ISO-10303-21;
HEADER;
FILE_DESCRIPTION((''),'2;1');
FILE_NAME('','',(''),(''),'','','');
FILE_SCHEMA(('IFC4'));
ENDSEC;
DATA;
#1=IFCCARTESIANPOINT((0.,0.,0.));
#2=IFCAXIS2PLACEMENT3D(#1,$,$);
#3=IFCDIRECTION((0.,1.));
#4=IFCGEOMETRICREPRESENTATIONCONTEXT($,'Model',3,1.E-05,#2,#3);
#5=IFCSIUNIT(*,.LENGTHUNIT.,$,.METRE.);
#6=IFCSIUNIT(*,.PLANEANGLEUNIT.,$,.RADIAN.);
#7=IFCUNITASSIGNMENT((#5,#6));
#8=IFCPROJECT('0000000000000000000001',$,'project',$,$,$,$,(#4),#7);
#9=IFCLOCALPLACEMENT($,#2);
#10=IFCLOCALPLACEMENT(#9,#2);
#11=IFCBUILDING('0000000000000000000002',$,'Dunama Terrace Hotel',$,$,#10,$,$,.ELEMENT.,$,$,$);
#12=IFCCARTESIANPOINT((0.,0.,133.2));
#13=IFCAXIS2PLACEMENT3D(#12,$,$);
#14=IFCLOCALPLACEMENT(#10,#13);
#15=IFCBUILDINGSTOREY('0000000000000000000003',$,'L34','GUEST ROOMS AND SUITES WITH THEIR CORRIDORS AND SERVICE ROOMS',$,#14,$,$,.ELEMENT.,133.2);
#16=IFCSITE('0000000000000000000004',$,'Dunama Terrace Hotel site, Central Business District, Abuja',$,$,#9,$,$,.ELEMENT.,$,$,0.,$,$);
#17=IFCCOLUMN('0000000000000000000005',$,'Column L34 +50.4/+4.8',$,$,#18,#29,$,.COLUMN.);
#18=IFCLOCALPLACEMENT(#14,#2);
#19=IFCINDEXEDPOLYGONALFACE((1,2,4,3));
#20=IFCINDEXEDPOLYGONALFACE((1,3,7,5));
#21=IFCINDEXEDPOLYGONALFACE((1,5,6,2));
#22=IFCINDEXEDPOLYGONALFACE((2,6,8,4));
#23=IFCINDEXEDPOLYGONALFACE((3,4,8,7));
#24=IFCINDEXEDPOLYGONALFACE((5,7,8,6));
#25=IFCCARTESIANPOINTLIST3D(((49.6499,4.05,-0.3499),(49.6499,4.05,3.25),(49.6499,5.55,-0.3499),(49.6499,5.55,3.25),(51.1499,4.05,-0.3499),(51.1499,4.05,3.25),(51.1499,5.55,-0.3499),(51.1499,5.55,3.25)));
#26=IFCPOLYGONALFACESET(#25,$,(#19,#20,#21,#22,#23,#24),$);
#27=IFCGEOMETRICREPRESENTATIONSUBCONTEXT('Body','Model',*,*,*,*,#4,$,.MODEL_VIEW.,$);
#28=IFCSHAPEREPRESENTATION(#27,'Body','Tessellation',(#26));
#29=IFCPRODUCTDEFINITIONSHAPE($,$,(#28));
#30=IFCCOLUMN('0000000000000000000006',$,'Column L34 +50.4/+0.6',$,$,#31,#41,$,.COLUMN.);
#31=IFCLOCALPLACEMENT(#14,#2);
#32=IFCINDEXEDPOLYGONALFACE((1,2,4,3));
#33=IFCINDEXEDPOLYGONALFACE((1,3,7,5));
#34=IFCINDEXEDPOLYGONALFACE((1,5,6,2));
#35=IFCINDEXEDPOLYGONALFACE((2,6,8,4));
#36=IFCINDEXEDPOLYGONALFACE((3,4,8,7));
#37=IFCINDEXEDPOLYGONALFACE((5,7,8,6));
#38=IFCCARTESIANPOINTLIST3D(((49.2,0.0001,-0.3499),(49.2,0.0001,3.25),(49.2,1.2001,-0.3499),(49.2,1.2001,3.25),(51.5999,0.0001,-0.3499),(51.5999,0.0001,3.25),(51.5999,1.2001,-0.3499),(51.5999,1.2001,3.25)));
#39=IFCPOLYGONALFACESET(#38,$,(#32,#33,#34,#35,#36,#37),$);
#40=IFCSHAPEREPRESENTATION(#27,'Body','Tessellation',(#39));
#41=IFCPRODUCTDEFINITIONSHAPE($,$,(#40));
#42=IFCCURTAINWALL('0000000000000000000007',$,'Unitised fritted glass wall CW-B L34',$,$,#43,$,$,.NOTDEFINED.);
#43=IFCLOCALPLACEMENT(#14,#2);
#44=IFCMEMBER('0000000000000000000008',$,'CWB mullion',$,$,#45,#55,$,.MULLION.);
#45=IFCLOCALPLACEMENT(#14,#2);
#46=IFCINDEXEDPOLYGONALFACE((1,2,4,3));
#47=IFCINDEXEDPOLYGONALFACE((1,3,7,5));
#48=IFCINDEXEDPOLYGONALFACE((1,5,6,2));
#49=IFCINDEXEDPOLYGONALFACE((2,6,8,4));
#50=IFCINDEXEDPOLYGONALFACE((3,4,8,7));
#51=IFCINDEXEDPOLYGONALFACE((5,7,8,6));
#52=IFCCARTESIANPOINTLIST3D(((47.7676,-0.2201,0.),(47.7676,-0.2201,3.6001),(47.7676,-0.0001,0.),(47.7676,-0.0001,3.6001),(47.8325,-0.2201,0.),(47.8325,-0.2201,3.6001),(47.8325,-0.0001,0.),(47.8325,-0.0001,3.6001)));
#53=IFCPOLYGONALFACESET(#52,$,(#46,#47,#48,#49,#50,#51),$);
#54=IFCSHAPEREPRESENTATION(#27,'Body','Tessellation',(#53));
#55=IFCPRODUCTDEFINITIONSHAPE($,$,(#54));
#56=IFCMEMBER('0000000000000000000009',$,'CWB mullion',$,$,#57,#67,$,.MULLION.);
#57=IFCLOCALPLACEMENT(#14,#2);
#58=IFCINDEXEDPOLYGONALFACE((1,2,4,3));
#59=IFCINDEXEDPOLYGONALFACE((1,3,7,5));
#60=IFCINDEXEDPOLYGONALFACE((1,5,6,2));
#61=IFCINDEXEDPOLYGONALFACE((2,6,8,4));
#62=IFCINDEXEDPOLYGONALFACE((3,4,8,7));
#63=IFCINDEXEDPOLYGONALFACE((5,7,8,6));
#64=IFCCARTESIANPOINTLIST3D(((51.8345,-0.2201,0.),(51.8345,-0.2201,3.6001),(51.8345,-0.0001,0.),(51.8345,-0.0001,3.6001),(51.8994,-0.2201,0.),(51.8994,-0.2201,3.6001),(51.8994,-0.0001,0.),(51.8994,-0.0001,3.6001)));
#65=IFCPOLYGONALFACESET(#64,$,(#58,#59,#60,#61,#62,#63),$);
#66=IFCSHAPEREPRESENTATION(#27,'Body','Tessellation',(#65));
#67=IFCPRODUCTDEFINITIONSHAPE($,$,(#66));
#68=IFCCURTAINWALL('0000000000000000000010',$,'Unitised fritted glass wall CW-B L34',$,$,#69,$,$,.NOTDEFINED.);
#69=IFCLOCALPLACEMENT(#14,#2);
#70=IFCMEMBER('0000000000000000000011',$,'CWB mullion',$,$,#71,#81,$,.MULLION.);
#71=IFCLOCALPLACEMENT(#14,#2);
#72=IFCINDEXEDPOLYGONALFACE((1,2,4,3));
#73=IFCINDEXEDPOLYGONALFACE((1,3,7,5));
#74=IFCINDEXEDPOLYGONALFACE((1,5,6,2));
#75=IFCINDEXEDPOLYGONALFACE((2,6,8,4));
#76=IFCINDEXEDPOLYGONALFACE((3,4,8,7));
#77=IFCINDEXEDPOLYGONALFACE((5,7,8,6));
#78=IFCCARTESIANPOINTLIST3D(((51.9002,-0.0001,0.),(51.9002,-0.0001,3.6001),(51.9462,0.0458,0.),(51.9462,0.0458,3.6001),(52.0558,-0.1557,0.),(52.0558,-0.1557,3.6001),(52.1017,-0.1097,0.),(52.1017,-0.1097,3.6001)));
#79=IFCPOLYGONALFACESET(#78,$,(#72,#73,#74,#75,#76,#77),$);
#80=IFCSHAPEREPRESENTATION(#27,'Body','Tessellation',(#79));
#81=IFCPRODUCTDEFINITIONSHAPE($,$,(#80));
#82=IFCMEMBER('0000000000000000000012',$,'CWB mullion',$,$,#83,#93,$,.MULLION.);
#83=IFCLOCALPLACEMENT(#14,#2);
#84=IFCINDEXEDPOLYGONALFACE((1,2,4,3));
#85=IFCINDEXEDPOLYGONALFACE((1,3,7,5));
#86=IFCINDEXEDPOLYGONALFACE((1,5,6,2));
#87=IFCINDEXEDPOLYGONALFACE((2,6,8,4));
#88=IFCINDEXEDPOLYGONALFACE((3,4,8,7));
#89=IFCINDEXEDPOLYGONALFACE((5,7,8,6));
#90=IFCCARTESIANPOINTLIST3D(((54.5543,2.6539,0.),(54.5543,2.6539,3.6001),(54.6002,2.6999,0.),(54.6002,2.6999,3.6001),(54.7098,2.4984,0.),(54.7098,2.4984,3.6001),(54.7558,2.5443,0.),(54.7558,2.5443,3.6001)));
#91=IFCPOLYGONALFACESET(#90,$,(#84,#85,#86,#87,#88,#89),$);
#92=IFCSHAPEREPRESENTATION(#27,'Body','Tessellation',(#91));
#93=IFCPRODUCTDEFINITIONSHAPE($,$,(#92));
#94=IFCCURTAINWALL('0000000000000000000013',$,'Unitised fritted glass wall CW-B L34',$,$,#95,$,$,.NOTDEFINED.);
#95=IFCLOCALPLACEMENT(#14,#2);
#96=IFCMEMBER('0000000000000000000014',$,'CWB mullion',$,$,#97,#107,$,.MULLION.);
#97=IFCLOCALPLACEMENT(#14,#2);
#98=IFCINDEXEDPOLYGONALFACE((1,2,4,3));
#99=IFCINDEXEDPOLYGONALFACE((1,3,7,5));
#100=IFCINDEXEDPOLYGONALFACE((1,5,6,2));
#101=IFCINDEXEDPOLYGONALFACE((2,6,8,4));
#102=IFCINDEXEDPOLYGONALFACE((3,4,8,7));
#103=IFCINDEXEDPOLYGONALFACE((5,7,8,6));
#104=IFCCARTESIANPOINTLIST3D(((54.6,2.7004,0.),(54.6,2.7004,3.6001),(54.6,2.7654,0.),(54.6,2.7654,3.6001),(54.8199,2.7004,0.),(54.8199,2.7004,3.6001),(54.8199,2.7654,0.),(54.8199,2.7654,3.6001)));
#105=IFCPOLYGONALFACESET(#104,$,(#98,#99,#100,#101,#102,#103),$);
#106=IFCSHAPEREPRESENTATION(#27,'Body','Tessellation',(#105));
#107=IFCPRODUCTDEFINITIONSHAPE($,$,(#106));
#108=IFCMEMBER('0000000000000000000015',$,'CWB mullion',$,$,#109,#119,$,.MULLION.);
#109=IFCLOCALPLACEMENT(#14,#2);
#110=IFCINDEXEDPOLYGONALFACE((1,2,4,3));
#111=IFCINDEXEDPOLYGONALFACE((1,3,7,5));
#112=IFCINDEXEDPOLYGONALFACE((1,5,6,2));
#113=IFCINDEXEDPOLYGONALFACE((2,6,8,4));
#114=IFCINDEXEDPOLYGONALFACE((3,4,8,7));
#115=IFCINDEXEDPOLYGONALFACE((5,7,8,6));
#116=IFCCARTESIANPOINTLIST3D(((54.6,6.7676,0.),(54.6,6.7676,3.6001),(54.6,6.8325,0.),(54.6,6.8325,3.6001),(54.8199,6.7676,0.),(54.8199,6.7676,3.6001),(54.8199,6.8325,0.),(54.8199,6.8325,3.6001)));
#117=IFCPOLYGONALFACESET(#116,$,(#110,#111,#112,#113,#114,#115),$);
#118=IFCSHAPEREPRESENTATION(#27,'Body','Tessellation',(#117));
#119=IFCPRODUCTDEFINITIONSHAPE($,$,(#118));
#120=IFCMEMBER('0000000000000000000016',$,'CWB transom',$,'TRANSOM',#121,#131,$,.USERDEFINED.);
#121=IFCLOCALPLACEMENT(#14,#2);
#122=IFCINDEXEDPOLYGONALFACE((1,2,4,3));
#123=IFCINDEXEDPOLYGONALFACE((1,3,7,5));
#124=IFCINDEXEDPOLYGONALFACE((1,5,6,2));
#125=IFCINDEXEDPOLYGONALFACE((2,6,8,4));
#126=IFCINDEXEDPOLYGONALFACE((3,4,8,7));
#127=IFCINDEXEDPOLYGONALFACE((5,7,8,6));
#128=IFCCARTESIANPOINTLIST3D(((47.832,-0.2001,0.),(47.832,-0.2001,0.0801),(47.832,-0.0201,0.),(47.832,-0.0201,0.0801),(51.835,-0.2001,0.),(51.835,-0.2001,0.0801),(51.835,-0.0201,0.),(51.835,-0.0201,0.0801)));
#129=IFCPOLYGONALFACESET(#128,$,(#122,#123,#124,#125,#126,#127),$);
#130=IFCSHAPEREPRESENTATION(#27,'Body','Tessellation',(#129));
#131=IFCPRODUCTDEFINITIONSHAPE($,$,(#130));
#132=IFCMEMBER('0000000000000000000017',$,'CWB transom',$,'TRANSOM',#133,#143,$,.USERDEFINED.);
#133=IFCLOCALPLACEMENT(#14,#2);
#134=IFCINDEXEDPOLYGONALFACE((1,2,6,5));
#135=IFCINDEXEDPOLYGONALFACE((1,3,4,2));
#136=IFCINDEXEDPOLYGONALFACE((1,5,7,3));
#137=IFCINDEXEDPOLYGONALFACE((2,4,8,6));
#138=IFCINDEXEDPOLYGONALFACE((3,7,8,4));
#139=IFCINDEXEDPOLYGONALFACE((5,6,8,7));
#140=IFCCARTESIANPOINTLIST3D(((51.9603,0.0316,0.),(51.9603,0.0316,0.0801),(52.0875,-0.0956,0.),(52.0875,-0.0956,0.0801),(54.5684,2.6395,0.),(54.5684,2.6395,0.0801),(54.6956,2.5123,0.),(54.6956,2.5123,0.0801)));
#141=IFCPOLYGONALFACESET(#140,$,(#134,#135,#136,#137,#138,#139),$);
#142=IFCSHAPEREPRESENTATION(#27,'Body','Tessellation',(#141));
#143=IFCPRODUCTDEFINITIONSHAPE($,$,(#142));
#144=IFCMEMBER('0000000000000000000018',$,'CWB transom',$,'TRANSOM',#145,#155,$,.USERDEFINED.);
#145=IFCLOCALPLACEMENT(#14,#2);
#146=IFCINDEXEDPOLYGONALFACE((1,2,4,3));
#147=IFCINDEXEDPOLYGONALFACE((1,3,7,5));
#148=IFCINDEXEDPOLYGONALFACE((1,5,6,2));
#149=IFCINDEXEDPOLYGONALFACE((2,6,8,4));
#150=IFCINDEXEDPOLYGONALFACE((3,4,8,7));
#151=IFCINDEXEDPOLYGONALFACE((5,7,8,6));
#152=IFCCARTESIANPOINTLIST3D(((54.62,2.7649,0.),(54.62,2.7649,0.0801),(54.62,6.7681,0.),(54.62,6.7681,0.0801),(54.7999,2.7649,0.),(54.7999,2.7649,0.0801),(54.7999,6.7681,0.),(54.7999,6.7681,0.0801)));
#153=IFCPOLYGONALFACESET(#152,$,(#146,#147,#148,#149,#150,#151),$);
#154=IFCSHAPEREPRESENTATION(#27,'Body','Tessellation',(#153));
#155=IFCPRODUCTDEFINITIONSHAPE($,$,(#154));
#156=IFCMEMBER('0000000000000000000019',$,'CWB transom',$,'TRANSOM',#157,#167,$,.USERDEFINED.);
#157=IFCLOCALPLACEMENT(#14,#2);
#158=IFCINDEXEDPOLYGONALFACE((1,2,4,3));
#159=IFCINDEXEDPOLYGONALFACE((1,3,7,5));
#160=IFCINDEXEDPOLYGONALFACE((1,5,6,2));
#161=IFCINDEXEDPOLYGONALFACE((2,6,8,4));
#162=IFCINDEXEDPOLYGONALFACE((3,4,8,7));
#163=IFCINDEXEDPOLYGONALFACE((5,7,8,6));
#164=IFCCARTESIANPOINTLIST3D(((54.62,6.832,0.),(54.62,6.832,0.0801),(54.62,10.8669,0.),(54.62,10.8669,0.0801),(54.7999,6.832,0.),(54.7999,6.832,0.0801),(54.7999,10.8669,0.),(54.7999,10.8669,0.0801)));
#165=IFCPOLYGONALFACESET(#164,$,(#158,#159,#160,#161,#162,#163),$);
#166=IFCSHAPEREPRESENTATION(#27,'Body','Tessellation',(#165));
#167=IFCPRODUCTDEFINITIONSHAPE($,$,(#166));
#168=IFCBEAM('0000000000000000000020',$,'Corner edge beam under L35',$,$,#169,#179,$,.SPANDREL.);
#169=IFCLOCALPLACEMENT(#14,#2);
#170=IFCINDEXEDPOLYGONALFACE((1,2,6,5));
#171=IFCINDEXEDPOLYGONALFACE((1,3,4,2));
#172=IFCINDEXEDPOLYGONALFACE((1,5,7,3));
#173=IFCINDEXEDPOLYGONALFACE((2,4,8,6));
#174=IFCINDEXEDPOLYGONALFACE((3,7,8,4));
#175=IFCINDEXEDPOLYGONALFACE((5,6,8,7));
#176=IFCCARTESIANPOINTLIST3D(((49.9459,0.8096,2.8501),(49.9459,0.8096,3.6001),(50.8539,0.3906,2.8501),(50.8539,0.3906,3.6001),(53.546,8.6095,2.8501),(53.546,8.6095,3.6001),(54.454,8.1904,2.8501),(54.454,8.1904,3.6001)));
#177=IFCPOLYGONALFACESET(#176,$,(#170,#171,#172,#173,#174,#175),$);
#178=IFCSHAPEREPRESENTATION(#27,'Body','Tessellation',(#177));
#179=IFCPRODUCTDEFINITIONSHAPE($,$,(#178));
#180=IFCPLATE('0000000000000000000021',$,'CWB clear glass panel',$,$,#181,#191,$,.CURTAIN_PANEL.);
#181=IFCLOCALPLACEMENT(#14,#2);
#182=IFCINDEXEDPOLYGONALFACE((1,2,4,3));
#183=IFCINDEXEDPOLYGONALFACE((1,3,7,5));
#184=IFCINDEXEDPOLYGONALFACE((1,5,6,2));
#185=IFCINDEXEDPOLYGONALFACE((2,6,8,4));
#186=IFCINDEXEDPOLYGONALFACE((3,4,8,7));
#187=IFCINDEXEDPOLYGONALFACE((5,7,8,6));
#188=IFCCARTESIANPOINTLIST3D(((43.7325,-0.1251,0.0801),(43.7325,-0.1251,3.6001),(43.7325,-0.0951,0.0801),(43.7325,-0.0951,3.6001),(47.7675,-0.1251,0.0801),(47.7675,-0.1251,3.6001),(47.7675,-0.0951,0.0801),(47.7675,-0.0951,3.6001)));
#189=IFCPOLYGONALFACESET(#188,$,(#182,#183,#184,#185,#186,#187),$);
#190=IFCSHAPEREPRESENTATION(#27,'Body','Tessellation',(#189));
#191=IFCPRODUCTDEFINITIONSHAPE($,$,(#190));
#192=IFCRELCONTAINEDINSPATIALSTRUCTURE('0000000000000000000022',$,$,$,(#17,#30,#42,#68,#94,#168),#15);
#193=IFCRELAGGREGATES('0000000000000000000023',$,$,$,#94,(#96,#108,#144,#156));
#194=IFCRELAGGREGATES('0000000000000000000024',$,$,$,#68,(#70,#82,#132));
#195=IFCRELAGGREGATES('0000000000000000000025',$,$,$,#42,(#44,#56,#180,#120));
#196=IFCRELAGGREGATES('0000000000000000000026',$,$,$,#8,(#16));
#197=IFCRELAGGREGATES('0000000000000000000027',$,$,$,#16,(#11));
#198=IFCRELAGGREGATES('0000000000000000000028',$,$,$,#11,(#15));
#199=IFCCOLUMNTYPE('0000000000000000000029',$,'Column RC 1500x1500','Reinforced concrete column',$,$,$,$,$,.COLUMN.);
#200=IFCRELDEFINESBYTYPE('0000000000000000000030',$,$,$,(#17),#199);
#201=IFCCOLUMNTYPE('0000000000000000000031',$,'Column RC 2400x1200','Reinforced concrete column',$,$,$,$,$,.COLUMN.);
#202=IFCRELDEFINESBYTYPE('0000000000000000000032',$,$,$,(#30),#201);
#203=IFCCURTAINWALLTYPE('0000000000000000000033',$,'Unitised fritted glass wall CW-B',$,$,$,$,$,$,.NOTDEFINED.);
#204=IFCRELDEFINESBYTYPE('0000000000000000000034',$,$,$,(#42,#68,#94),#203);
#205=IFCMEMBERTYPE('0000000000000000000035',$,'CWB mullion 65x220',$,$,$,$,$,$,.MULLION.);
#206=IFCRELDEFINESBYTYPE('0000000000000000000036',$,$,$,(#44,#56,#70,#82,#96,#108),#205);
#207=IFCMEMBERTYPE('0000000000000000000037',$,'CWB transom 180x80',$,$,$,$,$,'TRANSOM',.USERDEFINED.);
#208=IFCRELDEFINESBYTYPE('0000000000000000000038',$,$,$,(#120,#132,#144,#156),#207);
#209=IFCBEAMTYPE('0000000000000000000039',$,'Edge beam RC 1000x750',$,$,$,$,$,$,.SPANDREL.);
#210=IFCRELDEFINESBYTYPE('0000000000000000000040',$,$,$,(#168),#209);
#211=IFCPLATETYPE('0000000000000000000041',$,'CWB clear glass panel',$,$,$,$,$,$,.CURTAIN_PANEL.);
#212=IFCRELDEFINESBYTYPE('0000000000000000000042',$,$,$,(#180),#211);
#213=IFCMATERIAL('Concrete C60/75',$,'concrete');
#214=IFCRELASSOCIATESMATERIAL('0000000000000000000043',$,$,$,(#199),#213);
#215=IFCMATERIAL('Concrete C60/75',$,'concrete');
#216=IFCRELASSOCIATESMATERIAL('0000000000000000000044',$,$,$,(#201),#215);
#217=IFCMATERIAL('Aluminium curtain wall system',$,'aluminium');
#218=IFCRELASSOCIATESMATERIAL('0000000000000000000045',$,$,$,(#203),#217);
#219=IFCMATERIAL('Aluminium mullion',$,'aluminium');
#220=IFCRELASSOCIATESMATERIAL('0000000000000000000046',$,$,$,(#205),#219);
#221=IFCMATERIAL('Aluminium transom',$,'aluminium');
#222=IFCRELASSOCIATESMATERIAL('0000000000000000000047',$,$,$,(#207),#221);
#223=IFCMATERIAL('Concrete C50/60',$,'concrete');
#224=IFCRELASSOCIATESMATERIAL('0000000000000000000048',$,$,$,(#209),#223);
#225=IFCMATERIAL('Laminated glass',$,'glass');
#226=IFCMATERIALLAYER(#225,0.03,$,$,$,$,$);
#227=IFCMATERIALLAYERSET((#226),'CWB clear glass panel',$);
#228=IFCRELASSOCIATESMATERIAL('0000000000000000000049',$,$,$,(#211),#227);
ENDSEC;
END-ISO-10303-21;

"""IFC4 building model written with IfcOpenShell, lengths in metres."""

from ifc_helpers import new_model, si_unit, direction, frame, origin, origin_2d, place, context, subcontext, project, spatial, rectangle, extrude, material, layer, layer_set, material_profile, profile_set, type_object, element, aggregate, save


model = new_model("IFC4")

# Units and contexts
model_context = context("Model", 3, precision=1e-05, world=origin(), true_north=direction((0.0, 1.0)))
body_context = subcontext(model_context, "Body", "Model", "MODEL_VIEW")
ifc_project = project(units=[si_unit("LENGTHUNIT", "METRE"), si_unit("PLANEANGLEUNIT", "RADIAN")], contexts=[model_context])

# Site, building, storey
site_placement = place(None, origin())
site = spatial("IfcSite", under=ifc_project, at=site_placement, Name="Dunama Terrace Hotel site, Central Business District, Abuja", CompositionType="ELEMENT", RefElevation=0.0)
building_placement = place(site_placement, origin())
building = spatial("IfcBuilding", under=site, at=building_placement, Name="Dunama Terrace Hotel", CompositionType="ELEMENT")
storey_placement = place(building_placement, frame((0.0, 0.0, 133.2)))
storey = spatial("IfcBuildingStorey", under=building, at=storey_placement, Name="L34", Description="GUEST ROOMS AND SUITES WITH THEIR CORRIDORS AND SERVICE ROOMS", CompositionType="ELEMENT", Elevation=133.2)

# Columns
ifc_material_1 = material(Name="Concrete C60/75", Category="concrete")
ifc_material_profile_1 = material_profile(ifc_material_1, rectangle(XDim=1.5, YDim=1.5, at=origin_2d()), Name="RC 1500x1500")
ifc_profile_set_1 = profile_set([ifc_material_profile_1], Name="Concrete C60/75")
column_type_1 = type_object("IfcColumnType", Name="Column RC 1500x1500", Description="Reinforced concrete column", PredefinedType="COLUMN", material=ifc_profile_set_1)
column_1_placement = place(storey_placement, frame((50.3999, 4.8, -0.3499), z_axis=(0.0, 0.0, 1.0), x_axis=(1.0, 0.0, 0.0)))
element("IfcColumn", 1, at=column_1_placement, inside=storey, type_object=column_type_1, Name="Column L34 +50.4/+4.8", PredefinedType="COLUMN", context=body_context, shape_type="SweptSolid", body=[
    extrude(rectangle(XDim=1.5, YDim=1.5, at=origin_2d()), origin(), (0.0, 0.0, 1.0), 3.5999),
])
ifc_material_2 = material(Name="Concrete C60/75", Category="concrete")
ifc_material_profile_2 = material_profile(ifc_material_2, rectangle(XDim=2.3999, YDim=1.2, at=origin_2d()), Name="RC 2400x1200")
ifc_profile_set_2 = profile_set([ifc_material_profile_2], Name="Concrete C60/75")
column_type_2 = type_object("IfcColumnType", Name="Column RC 2400x1200", Description="Reinforced concrete column", PredefinedType="COLUMN", material=ifc_profile_set_2)
column_2_placement = place(storey_placement, frame((50.3999, 0.6001, -0.3499), z_axis=(0.0, 0.0, 1.0), x_axis=(1.0, 0.0, 0.0)))
element("IfcColumn", 2, at=column_2_placement, inside=storey, type_object=column_type_2, Name="Column L34 +50.4/+0.6", PredefinedType="COLUMN", context=body_context, shape_type="SweptSolid", body=[
    extrude(rectangle(XDim=2.3999, YDim=1.2, at=origin_2d()), origin(), (0.0, 0.0, 1.0), 3.5999),
])

# Curtain walls, members
ifc_material_3 = material(Name="Aluminium curtain wall system", Category="aluminium")
curtain_wall_type = type_object("IfcCurtainWallType", Name="Unitised fritted glass wall CW-B", PredefinedType="NOTDEFINED", material=ifc_material_3)
curtain_wall_1_placement = place(storey_placement, origin())
curtain_wall_1 = element("IfcCurtainWall", 3, at=curtain_wall_1_placement, inside=storey, type_object=curtain_wall_type, Name="Unitised fritted glass wall CW-B L34", PredefinedType="NOTDEFINED")
ifc_material_4 = material(Name="Aluminium mullion", Category="aluminium")
ifc_material_profile_3 = material_profile(ifc_material_4, rectangle(XDim=0.0649, YDim=0.22, at=origin_2d()), Name="CWB MULLION 65X220")
ifc_profile_set_3 = profile_set([ifc_material_profile_3], Name="Aluminium mullion")
member_type_1 = type_object("IfcMemberType", Name="CWB mullion 65x220", PredefinedType="MULLION", material=ifc_profile_set_3)
member_1_placement = place(storey_placement, frame((47.8, -0.1101, 0.0), z_axis=(0.0, 0.0, 1.0), x_axis=(1.0, 0.0, 0.0)))
member_1 = element("IfcMember", 4, at=member_1_placement, type_object=member_type_1, Name="CWB mullion", PredefinedType="MULLION", context=body_context, shape_type="SweptSolid", body=[
    extrude(rectangle(XDim=0.0649, YDim=0.22, at=origin_2d()), origin(), (0.0, 0.0, 1.0), 3.6001),
])
member_2_placement = place(storey_placement, frame((51.8669, -0.1101, 0.0), z_axis=(0.0, 0.0, 1.0), x_axis=(1.0, 0.0, 0.0)))
member_2 = element("IfcMember", 5, at=member_2_placement, type_object=member_type_1, Name="CWB mullion", PredefinedType="MULLION", context=body_context, shape_type="SweptSolid", body=[
    extrude(rectangle(XDim=0.0649, YDim=0.22, at=origin_2d()), origin(), (0.0, 0.0, 1.0), 3.6001),
])
curtain_wall_2_placement = place(storey_placement, origin())
curtain_wall_2 = element("IfcCurtainWall", 6, at=curtain_wall_2_placement, inside=storey, type_object=curtain_wall_type, Name="Unitised fritted glass wall CW-B L34", PredefinedType="NOTDEFINED")
member_3_placement = place(storey_placement, frame((52.001, -0.0549, 0.0), z_axis=(0.0, 0.0, 1.0), x_axis=(0.707107, 0.707107, 0.0)))
member_3 = element("IfcMember", 7, at=member_3_placement, type_object=member_type_1, Name="CWB mullion", PredefinedType="MULLION", context=body_context, shape_type="SweptSolid", body=[
    extrude(rectangle(XDim=0.0649, YDim=0.22, at=origin_2d()), origin(), (0.0, 0.0, 1.0), 3.6001),
])
member_4_placement = place(storey_placement, frame((54.655, 2.5991, 0.0), z_axis=(0.0, 0.0, 1.0), x_axis=(0.707107, 0.707107, 0.0)))
member_4 = element("IfcMember", 8, at=member_4_placement, type_object=member_type_1, Name="CWB mullion", PredefinedType="MULLION", context=body_context, shape_type="SweptSolid", body=[
    extrude(rectangle(XDim=0.0649, YDim=0.22, at=origin_2d()), origin(), (0.0, 0.0, 1.0), 3.6001),
])
curtain_wall_3_placement = place(storey_placement, origin())
curtain_wall_3 = element("IfcCurtainWall", 9, at=curtain_wall_3_placement, inside=storey, type_object=curtain_wall_type, Name="Unitised fritted glass wall CW-B L34", PredefinedType="NOTDEFINED")
member_5_placement = place(storey_placement, frame((54.71, 2.7329, 0.0), z_axis=(0.0, 0.0, 1.0), x_axis=(0.0, 1.0, 0.0)))
member_5 = element("IfcMember", 10, at=member_5_placement, type_object=member_type_1, Name="CWB mullion", PredefinedType="MULLION", context=body_context, shape_type="SweptSolid", body=[
    extrude(rectangle(XDim=0.0649, YDim=0.22, at=origin_2d()), origin(), (0.0, 0.0, 1.0), 3.6001),
])
member_6_placement = place(storey_placement, frame((54.71, 6.8, 0.0), z_axis=(0.0, 0.0, 1.0), x_axis=(0.0, 1.0, 0.0)))
member_6 = element("IfcMember", 11, at=member_6_placement, type_object=member_type_1, Name="CWB mullion", PredefinedType="MULLION", context=body_context, shape_type="SweptSolid", body=[
    extrude(rectangle(XDim=0.0649, YDim=0.22, at=origin_2d()), origin(), (0.0, 0.0, 1.0), 3.6001),
])

# Members
ifc_material_5 = material(Name="Aluminium transom", Category="aluminium")
ifc_material_profile_4 = material_profile(ifc_material_5, rectangle(XDim=0.1799, YDim=0.0801, at=origin_2d()), Name="CWB TRANSOM 180X80")
ifc_profile_set_4 = profile_set([ifc_material_profile_4], Name="Aluminium transom")
member_type_2 = type_object("IfcMemberType", Name="CWB transom 180x80", ElementType="TRANSOM", PredefinedType="USERDEFINED", material=ifc_profile_set_4)
member_7_placement = place(storey_placement, frame((47.832, -0.1101, 0.04), z_axis=(1.0, 0.0, 0.0), x_axis=(0.0, 1.0, 0.0)))
member_7 = element("IfcMember", 12, at=member_7_placement, type_object=member_type_2, Name="CWB transom", ObjectType="TRANSOM", PredefinedType="USERDEFINED", context=body_context, shape_type="SweptSolid", body=[
    extrude(rectangle(XDim=0.1799, YDim=0.0801, at=origin_2d()), origin(), (0.0, 0.0, 1.0), 4.0029),
])
member_8_placement = place(storey_placement, frame((52.0239, -0.032, 0.04), z_axis=(0.70714, 0.707074, 0.0), x_axis=(-0.707074, 0.70714, 0.0)))
member_8 = element("IfcMember", 13, at=member_8_placement, type_object=member_type_2, Name="CWB transom", ObjectType="TRANSOM", PredefinedType="USERDEFINED", context=body_context, shape_type="SweptSolid", body=[
    extrude(rectangle(XDim=0.1799, YDim=0.0801, at=origin_2d()), origin(), (0.0, 0.0, 1.0), 3.6882),
])
member_9_placement = place(storey_placement, frame((54.71, 2.7649, 0.04), z_axis=(0.0, 1.0, 0.0), x_axis=(-1.0, 0.0, 0.0)))
member_9 = element("IfcMember", 14, at=member_9_placement, type_object=member_type_2, Name="CWB transom", ObjectType="TRANSOM", PredefinedType="USERDEFINED", context=body_context, shape_type="SweptSolid", body=[
    extrude(rectangle(XDim=0.1799, YDim=0.0801, at=origin_2d()), origin(), (0.0, 0.0, 1.0), 4.0032),
])
member_10_placement = place(storey_placement, frame((54.71, 6.832, 0.04), z_axis=(0.0, 1.0, 0.0), x_axis=(-1.0, 0.0, 0.0)))
member_10 = element("IfcMember", 15, at=member_10_placement, type_object=member_type_2, Name="CWB transom", ObjectType="TRANSOM", PredefinedType="USERDEFINED", context=body_context, shape_type="SweptSolid", body=[
    extrude(rectangle(XDim=0.1799, YDim=0.0801, at=origin_2d()), origin(), (0.0, 0.0, 1.0), 4.0349),
])

# Beam
ifc_material_6 = material(Name="Concrete C50/60", Category="concrete")
ifc_material_profile_5 = material_profile(ifc_material_6, rectangle(XDim=1.0, YDim=0.75, at=origin_2d()), Name="RC 1000x750")
ifc_profile_set_5 = profile_set([ifc_material_profile_5], Name="Concrete C50/60")
beam_type = type_object("IfcBeamType", Name="Edge beam RC 1000x750", PredefinedType="SPANDREL", material=ifc_profile_set_5)
beam_placement = place(storey_placement, frame((50.3999, 0.6001, 3.2251), z_axis=(0.419076, 0.907951, 0.0), x_axis=(-0.907951, 0.419076, 0.0)))
element("IfcBeam", 16, at=beam_placement, inside=storey, type_object=beam_type, Name="Corner edge beam under L35", PredefinedType="SPANDREL", context=body_context, shape_type="SweptSolid", body=[
    extrude(rectangle(XDim=1.0, YDim=0.75, at=origin_2d()), origin(), (0.0, 0.0, 1.0), 8.5906),
])

# Plate
ifc_material_7 = material(Name="Laminated glass", Category="glass")
ifc_layer_1 = layer(ifc_material_7, 0.03)
ifc_layer_set_1 = layer_set([ifc_layer_1], Name="CWB clear glass panel")
plate_type_1 = type_object("IfcPlateType", Name="CWB clear glass panel", PredefinedType="CURTAIN_PANEL", material=ifc_layer_set_1)
plate_1_placement = place(storey_placement, frame((45.75, -0.1101, 0.0801), z_axis=(0.0, 0.0, 1.0), x_axis=(1.0, 0.0, 0.0)))
plate_1 = element("IfcPlate", 17, at=plate_1_placement, type_object=plate_type_1, Name="CWB clear glass panel", PredefinedType="CURTAIN_PANEL", context=body_context, shape_type="SweptSolid", body=[
    extrude(rectangle(XDim=4.0349, YDim=0.03, at=origin_2d()), origin(), (0.0, 0.0, 1.0), 3.52),
])
aggregate(curtain_wall_3, [member_5, member_6, member_9, member_10])
aggregate(curtain_wall_2, [member_3, member_4, member_8])
aggregate(curtain_wall_1, [member_1, member_2, plate_1, member_7])

save(model, "model.ifc")
